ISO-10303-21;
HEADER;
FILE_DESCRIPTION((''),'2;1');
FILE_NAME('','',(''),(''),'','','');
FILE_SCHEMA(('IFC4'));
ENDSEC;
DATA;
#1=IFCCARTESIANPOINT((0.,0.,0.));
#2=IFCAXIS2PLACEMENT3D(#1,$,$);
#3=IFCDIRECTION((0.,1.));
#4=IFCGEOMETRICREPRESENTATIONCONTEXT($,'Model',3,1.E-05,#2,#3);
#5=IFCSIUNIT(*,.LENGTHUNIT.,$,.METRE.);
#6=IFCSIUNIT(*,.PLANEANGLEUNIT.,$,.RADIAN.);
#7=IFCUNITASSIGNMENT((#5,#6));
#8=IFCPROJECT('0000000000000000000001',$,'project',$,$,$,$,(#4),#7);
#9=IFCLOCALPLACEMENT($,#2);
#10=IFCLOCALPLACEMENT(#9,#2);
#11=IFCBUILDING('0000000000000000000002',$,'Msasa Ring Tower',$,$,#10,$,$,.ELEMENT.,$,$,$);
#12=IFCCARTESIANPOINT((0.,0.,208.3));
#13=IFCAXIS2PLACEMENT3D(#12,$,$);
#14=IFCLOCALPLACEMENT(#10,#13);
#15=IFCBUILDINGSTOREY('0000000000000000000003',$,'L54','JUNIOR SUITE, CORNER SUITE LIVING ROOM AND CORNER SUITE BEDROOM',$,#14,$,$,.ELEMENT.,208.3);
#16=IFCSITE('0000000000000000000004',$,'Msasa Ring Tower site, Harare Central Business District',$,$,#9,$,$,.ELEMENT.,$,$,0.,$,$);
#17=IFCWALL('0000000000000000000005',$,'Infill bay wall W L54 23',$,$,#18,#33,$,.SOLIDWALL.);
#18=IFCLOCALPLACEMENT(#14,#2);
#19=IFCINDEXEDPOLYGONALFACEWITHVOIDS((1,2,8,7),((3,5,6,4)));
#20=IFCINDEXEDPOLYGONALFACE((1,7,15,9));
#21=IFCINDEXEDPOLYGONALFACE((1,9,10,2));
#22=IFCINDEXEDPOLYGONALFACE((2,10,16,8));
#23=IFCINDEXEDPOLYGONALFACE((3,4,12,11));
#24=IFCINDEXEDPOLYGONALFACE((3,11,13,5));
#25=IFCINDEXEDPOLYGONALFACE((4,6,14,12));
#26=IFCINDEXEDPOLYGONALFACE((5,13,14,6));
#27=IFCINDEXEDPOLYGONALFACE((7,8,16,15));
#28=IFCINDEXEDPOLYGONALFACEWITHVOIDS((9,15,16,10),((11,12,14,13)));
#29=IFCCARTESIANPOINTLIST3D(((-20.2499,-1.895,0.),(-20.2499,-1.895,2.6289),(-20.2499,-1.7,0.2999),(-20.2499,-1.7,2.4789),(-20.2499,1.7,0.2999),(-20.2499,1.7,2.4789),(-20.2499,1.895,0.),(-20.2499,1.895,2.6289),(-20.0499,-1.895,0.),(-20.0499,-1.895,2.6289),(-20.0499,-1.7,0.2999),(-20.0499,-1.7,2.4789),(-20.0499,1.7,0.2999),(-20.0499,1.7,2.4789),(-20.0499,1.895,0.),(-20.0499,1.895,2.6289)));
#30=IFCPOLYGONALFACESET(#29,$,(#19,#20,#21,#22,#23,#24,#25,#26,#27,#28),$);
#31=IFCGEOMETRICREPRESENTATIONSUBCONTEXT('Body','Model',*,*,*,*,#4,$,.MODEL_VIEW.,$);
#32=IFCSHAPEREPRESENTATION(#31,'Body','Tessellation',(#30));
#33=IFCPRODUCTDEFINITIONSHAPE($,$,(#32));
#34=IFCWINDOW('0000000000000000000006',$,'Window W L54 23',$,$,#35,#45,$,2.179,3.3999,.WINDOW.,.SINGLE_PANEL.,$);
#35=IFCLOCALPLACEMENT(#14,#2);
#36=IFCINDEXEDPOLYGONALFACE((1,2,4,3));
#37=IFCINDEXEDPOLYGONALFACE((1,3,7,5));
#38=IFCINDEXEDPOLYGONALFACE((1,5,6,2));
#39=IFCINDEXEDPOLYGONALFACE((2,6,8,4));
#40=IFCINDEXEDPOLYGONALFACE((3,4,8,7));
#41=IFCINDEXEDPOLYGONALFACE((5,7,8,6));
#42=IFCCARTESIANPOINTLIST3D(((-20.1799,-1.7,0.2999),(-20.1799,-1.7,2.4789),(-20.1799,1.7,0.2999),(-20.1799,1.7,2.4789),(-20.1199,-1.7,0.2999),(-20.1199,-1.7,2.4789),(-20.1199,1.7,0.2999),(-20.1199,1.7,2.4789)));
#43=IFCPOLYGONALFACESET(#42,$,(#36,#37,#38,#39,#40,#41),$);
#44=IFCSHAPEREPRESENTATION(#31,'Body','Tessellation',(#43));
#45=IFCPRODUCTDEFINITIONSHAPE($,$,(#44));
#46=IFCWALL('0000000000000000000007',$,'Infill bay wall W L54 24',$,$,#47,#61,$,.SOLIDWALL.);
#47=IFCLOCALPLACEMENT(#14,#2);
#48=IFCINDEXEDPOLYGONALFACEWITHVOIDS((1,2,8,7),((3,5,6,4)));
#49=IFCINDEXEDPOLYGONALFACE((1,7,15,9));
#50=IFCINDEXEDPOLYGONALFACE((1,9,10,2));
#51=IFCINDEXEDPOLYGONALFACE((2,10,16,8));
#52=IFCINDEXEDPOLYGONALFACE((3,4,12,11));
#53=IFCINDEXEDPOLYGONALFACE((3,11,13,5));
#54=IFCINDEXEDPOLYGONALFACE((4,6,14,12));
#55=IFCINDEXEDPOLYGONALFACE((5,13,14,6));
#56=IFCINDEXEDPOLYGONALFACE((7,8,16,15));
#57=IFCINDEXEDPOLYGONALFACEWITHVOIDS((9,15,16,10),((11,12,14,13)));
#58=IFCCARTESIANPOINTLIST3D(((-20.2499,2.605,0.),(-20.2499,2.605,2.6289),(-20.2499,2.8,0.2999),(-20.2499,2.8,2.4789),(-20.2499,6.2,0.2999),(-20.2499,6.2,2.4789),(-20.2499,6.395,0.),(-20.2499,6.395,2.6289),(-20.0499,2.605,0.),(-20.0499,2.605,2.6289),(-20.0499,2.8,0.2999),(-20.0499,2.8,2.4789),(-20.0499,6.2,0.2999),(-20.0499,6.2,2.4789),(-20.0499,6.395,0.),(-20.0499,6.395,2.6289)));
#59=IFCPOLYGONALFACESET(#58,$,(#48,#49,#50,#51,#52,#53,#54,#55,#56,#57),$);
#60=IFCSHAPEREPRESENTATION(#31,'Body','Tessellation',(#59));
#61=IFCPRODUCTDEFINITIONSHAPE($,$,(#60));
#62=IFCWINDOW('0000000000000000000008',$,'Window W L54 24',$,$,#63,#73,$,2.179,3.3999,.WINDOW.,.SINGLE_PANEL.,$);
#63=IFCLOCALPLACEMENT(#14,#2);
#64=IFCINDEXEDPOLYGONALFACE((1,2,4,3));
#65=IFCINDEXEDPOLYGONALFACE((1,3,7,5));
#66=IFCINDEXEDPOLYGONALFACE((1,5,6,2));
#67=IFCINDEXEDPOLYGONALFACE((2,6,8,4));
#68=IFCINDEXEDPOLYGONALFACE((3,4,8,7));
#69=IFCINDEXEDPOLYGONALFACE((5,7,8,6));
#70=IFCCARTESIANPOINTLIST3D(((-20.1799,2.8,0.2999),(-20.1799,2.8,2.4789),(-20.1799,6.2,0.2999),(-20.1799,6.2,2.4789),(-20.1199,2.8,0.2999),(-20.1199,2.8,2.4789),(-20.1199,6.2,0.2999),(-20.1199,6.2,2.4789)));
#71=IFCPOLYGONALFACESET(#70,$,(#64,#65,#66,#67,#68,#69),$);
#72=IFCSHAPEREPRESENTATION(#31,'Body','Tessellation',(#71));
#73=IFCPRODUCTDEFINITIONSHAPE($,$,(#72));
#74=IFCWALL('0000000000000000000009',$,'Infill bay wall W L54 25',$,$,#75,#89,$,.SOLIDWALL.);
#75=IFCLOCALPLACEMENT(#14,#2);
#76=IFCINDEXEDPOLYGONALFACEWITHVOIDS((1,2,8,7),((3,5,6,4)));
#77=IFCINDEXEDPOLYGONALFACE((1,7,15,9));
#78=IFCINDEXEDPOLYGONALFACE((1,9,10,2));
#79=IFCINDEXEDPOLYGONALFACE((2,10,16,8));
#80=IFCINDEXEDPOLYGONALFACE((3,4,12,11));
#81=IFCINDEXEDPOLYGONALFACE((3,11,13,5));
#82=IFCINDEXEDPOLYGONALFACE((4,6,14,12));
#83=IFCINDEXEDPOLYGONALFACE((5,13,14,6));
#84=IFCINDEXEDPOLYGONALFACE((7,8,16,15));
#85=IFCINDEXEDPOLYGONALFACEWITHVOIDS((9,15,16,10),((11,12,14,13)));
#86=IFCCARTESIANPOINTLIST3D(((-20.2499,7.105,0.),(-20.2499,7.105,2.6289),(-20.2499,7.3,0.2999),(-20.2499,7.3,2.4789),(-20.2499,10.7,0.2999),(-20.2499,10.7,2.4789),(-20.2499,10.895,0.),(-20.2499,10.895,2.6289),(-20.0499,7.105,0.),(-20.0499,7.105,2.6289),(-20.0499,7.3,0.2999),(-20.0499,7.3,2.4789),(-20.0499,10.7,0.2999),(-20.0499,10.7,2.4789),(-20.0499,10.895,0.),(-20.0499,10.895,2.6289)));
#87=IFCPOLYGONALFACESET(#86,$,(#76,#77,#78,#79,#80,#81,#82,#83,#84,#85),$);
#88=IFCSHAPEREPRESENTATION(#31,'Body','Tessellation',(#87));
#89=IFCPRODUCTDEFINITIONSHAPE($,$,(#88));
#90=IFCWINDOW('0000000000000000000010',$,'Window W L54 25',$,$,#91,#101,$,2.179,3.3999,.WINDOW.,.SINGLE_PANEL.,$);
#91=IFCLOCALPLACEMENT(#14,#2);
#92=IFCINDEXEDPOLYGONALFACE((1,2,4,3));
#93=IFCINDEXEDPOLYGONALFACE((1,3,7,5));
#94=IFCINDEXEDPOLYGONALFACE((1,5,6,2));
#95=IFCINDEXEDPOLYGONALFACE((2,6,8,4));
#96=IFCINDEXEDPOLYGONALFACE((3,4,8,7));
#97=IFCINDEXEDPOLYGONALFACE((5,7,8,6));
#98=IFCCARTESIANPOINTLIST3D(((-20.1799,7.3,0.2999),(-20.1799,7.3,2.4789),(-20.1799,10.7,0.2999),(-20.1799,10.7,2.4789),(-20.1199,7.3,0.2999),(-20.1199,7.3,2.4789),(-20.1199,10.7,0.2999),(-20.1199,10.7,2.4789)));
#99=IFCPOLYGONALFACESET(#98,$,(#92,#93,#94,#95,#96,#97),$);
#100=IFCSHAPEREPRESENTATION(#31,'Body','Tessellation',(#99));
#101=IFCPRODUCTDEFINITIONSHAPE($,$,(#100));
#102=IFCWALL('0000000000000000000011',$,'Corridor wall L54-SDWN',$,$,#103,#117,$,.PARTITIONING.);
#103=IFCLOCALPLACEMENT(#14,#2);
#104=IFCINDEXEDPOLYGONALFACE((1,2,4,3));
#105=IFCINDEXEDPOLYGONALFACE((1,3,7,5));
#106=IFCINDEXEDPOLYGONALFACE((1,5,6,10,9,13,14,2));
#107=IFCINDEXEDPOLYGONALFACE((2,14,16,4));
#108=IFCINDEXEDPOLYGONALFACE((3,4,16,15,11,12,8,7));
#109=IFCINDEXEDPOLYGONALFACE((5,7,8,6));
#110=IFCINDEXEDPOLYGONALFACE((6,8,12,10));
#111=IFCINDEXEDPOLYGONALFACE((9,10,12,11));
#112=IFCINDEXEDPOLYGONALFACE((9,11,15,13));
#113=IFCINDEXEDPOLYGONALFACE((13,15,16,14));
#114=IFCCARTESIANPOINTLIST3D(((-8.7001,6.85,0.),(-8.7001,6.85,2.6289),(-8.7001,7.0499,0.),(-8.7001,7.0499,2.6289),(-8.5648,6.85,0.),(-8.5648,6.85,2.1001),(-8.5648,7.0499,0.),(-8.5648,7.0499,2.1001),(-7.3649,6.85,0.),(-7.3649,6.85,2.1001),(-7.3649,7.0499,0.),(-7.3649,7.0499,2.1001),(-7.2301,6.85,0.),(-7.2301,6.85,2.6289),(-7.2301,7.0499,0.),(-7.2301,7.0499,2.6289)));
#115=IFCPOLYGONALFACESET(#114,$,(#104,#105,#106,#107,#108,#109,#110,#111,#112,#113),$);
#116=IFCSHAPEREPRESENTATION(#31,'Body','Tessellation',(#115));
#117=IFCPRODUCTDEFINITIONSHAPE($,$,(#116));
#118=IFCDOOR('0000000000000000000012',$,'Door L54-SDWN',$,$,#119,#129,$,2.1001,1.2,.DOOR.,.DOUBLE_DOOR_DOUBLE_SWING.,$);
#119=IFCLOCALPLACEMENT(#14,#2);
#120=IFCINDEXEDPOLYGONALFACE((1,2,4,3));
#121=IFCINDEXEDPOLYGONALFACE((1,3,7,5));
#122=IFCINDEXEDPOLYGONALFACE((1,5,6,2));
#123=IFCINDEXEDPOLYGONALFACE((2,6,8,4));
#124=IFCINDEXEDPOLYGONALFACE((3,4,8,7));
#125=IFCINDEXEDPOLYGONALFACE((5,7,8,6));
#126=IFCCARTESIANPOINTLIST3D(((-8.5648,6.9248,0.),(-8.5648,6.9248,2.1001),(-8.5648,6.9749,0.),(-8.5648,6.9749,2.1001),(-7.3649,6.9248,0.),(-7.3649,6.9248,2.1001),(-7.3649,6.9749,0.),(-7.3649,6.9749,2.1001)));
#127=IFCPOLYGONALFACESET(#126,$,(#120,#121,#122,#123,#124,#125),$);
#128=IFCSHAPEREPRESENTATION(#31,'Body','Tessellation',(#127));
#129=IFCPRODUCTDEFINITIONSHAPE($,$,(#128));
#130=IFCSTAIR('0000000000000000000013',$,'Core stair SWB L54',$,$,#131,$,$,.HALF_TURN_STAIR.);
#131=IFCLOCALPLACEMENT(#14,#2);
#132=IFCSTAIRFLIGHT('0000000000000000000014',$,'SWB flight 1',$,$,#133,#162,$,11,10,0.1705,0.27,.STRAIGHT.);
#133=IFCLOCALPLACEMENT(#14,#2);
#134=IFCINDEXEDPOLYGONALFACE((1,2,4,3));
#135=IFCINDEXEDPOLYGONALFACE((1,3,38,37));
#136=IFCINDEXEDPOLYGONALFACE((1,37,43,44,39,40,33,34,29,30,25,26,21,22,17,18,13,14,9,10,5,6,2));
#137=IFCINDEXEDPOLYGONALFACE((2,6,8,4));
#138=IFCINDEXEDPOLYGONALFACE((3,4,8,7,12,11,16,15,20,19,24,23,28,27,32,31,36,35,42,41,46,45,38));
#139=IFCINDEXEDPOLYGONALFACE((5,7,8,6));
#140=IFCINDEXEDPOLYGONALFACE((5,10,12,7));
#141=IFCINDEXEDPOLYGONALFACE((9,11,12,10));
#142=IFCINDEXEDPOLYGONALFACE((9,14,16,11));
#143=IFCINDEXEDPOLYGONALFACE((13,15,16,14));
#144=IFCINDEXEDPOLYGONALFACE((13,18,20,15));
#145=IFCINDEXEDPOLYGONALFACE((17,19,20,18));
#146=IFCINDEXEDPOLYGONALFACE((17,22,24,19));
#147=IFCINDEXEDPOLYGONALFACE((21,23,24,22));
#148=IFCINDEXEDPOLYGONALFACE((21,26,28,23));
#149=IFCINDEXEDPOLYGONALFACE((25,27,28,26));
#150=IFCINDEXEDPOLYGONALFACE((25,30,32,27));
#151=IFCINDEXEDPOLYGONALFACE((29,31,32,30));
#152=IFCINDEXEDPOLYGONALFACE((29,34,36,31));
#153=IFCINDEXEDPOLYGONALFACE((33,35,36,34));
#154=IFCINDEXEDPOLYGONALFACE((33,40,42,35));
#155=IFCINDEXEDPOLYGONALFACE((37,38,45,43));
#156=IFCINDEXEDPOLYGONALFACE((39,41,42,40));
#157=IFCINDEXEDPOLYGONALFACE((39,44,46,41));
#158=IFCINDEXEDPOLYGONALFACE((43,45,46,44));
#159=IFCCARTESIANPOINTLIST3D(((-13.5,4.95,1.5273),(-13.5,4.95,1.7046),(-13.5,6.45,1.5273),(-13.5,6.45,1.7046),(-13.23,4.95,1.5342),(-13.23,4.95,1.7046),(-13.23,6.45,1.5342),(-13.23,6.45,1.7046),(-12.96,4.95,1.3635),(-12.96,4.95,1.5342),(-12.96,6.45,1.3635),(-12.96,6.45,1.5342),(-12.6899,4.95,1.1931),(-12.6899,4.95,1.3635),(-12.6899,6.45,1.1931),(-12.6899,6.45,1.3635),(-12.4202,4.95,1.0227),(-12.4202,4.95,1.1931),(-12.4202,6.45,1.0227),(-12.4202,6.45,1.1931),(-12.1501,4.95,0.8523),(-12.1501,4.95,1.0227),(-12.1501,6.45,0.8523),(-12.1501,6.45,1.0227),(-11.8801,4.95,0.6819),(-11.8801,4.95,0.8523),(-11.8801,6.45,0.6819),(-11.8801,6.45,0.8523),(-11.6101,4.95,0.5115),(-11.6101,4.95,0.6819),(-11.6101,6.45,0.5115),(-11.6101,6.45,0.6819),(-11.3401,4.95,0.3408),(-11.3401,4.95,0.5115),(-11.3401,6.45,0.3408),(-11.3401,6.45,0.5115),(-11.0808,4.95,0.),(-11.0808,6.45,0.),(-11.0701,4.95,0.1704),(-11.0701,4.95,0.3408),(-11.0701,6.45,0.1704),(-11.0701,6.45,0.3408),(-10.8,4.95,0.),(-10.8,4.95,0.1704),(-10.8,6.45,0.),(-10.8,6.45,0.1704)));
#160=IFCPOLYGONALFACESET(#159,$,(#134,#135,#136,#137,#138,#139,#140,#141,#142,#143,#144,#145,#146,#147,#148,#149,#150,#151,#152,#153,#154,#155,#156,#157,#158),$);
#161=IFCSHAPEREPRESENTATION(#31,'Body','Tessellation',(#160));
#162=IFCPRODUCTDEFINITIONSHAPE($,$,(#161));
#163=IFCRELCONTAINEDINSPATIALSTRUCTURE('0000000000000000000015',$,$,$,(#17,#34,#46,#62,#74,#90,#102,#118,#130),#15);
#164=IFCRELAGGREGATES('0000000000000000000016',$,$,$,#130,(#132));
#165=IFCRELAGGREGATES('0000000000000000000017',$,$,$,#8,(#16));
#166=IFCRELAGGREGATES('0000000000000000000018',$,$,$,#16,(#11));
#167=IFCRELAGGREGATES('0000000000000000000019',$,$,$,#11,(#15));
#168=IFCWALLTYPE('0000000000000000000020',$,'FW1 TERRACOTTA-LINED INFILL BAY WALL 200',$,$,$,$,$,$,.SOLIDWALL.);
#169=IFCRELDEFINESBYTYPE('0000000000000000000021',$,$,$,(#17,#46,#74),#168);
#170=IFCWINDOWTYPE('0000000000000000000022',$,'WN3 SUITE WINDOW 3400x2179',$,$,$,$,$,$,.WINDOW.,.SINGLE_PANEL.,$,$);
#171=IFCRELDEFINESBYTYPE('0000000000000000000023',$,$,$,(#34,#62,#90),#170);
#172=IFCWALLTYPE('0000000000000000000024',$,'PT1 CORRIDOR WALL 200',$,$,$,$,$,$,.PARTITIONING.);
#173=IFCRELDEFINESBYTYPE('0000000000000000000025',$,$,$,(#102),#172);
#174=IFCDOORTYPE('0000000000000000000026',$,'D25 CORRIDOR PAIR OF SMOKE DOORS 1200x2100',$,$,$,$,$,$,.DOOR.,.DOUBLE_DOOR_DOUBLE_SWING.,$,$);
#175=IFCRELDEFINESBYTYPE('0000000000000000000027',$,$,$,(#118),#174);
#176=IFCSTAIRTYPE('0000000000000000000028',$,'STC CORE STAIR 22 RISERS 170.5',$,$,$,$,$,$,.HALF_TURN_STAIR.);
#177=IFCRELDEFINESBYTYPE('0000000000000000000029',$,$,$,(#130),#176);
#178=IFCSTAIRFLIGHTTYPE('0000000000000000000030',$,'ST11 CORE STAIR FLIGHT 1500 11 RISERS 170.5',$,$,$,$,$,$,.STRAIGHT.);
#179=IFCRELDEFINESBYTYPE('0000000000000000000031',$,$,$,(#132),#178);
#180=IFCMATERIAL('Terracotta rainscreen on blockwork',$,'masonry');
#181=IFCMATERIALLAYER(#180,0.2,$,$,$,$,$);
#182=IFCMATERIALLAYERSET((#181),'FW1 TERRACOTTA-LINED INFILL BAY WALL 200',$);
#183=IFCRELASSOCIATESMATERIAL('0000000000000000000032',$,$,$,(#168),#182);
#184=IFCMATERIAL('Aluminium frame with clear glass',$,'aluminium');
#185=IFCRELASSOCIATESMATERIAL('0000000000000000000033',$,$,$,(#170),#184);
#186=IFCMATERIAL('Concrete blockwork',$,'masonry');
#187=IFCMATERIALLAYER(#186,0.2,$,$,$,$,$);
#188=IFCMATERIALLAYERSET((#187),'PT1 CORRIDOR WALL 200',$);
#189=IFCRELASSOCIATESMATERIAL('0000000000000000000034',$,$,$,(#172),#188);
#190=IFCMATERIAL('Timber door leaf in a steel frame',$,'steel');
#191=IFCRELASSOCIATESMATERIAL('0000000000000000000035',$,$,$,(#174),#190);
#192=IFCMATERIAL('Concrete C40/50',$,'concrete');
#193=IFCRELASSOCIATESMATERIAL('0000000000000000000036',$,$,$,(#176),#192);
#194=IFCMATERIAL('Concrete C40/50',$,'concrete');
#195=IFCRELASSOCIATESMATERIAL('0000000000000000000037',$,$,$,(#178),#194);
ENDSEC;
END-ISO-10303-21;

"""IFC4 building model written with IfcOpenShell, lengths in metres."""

from ifc_helpers import new_model, si_unit, direction, frame, frame_2d, origin, place, context, subcontext, project, spatial, polyline, rectangle, outline, extrude, material, layer, layer_set, type_object, element, fill, aggregate, save


model = new_model("IFC4")

# Units and contexts
model_context = context("Model", 3, precision=1e-05, world=origin(), true_north=direction((0.0, 1.0)))
body_context = subcontext(model_context, "Body", "Model", "MODEL_VIEW")
ifc_project = project(units=[si_unit("LENGTHUNIT", "METRE"), si_unit("PLANEANGLEUNIT", "RADIAN")], contexts=[model_context])

# Site, building, storey
site_placement = place(None, origin())
site = spatial("IfcSite", under=ifc_project, at=site_placement, Name="Msasa Ring Tower site, Harare Central Business District", CompositionType="ELEMENT", RefElevation=0.0)
building_placement = place(site_placement, origin())
building = spatial("IfcBuilding", under=site, at=building_placement, Name="Msasa Ring Tower", CompositionType="ELEMENT")
storey_placement = place(building_placement, frame((0.0, 0.0, 208.3)))
storey = spatial("IfcBuildingStorey", under=building, at=storey_placement, Name="L54", Description="JUNIOR SUITE, CORNER SUITE LIVING ROOM AND CORNER SUITE BEDROOM", CompositionType="ELEMENT", Elevation=208.3)

# Walls, openings, windows
ifc_material_1 = material(Name="Terracotta rainscreen on blockwork", Category="masonry")
ifc_layer_1 = layer(ifc_material_1, 0.2)
ifc_layer_set_1 = layer_set([ifc_layer_1], Name="FW1 TERRACOTTA-LINED INFILL BAY WALL 200")
wall_type_1 = type_object("IfcWallType", Name="FW1 TERRACOTTA-LINED INFILL BAY WALL 200", PredefinedType="SOLIDWALL", material=ifc_layer_set_1)
wall_1_placement = place(storey_placement, frame((-20.1499, -1.895, 0.0), z_axis=(0.0, 0.0, 1.0), x_axis=(0.0, 1.0, 0.0)))
wall_1 = element("IfcWall", 1, at=wall_1_placement, inside=storey, type_object=wall_type_1, Name="Infill bay wall W L54 23", PredefinedType="SOLIDWALL", context=body_context, shape_type="SweptSolid", body=[
    extrude(rectangle(XDim=3.79, YDim=0.2, at=frame_2d((1.895, 0.0))), origin(), (0.0, 0.0, 1.0), 2.6289),
])
opening_1_placement = place(wall_1_placement, frame((0.1951, 0.0, 0.3)))
opening_1 = element("IfcOpeningElement", 2, at=opening_1_placement, cuts=wall_1, PredefinedType="OPENING", context=body_context, shape_type="SweptSolid", body=[
    extrude(rectangle(XDim=3.3999, YDim=2.179, at=frame_2d((1.7, 1.0894))), frame((0.0, 0.1099, 0.0), z_axis=(0.0, -1.0, 0.0), x_axis=(1.0, 0.0, 0.0)), (0.0, 0.0, 1.0), 0.22),
])
ifc_material_2 = material(Name="Aluminium frame with clear glass", Category="aluminium")
window_type = type_object("IfcWindowType", Name="WN3 SUITE WINDOW 3400x2179", PartitioningType="SINGLE_PANEL", PredefinedType="WINDOW", material=ifc_material_2)
window_1_placement = place(opening_1_placement, origin())
window_1 = element("IfcWindow", 3, at=window_1_placement, inside=storey, type_object=window_type, Name="Window W L54 23", OverallHeight=2.179, OverallWidth=3.3999, PartitioningType="SINGLE_PANEL", PredefinedType="WINDOW", context=body_context, shape_type="SweptSolid", body=[
    extrude(rectangle(XDim=3.3999, YDim=2.179, at=frame_2d((1.7, 1.0894))), frame((0.0, 0.03, 0.0), z_axis=(0.0, -1.0, 0.0), x_axis=(1.0, 0.0, 0.0)), (0.0, 0.0, 1.0), 0.0601),
])
fill(opening_1, window_1)
wall_2_placement = place(storey_placement, frame((-20.1499, 2.605, 0.0), z_axis=(0.0, 0.0, 1.0), x_axis=(0.0, 1.0, 0.0)))
wall_2 = element("IfcWall", 4, at=wall_2_placement, inside=storey, type_object=wall_type_1, Name="Infill bay wall W L54 24", PredefinedType="SOLIDWALL", context=body_context, shape_type="SweptSolid", body=[
    extrude(rectangle(XDim=3.79, YDim=0.2, at=frame_2d((1.895, 0.0))), origin(), (0.0, 0.0, 1.0), 2.6289),
])
opening_2_placement = place(wall_2_placement, frame((0.1951, 0.0, 0.3)))
opening_2 = element("IfcOpeningElement", 5, at=opening_2_placement, cuts=wall_2, PredefinedType="OPENING", context=body_context, shape_type="SweptSolid", body=[
    extrude(rectangle(XDim=3.3999, YDim=2.179, at=frame_2d((1.7, 1.0894))), frame((0.0, 0.1099, 0.0), z_axis=(0.0, -1.0, 0.0), x_axis=(1.0, 0.0, 0.0)), (0.0, 0.0, 1.0), 0.22),
])
window_2_placement = place(opening_2_placement, origin())
window_2 = element("IfcWindow", 6, at=window_2_placement, inside=storey, type_object=window_type, Name="Window W L54 24", OverallHeight=2.179, OverallWidth=3.3999, PartitioningType="SINGLE_PANEL", PredefinedType="WINDOW", context=body_context, shape_type="SweptSolid", body=[
    extrude(rectangle(XDim=3.3999, YDim=2.179, at=frame_2d((1.7, 1.0894))), frame((0.0, 0.03, 0.0), z_axis=(0.0, -1.0, 0.0), x_axis=(1.0, 0.0, 0.0)), (0.0, 0.0, 1.0), 0.0601),
])
fill(opening_2, window_2)
wall_3_placement = place(storey_placement, frame((-20.1499, 7.105, 0.0), z_axis=(0.0, 0.0, 1.0), x_axis=(0.0, 1.0, 0.0)))
wall_3 = element("IfcWall", 7, at=wall_3_placement, inside=storey, type_object=wall_type_1, Name="Infill bay wall W L54 25", PredefinedType="SOLIDWALL", context=body_context, shape_type="SweptSolid", body=[
    extrude(rectangle(XDim=3.79, YDim=0.2, at=frame_2d((1.895, 0.0))), origin(), (0.0, 0.0, 1.0), 2.6289),
])
opening_3_placement = place(wall_3_placement, frame((0.1951, 0.0, 0.3)))
opening_3 = element("IfcOpeningElement", 8, at=opening_3_placement, cuts=wall_3, PredefinedType="OPENING", context=body_context, shape_type="SweptSolid", body=[
    extrude(rectangle(XDim=3.3999, YDim=2.179, at=frame_2d((1.7, 1.0894))), frame((0.0, 0.1099, 0.0), z_axis=(0.0, -1.0, 0.0), x_axis=(1.0, 0.0, 0.0)), (0.0, 0.0, 1.0), 0.22),
])
window_3_placement = place(opening_3_placement, origin())
window_3 = element("IfcWindow", 9, at=window_3_placement, inside=storey, type_object=window_type, Name="Window W L54 25", OverallHeight=2.179, OverallWidth=3.3999, PartitioningType="SINGLE_PANEL", PredefinedType="WINDOW", context=body_context, shape_type="SweptSolid", body=[
    extrude(rectangle(XDim=3.3999, YDim=2.179, at=frame_2d((1.7, 1.0894))), frame((0.0, 0.03, 0.0), z_axis=(0.0, -1.0, 0.0), x_axis=(1.0, 0.0, 0.0)), (0.0, 0.0, 1.0), 0.0601),
])
fill(opening_3, window_3)

# Wall, opening, door
ifc_material_3 = material(Name="Concrete blockwork", Category="masonry")
ifc_layer_2 = layer(ifc_material_3, 0.2)
ifc_layer_set_2 = layer_set([ifc_layer_2], Name="PT1 CORRIDOR WALL 200")
wall_type_2 = type_object("IfcWallType", Name="PT1 CORRIDOR WALL 200", PredefinedType="PARTITIONING", material=ifc_layer_set_2)
wall_4_placement = place(storey_placement, frame((-8.7, 6.95, 0.0), z_axis=(0.0, 0.0, 1.0), x_axis=(1.0, 0.0, 0.0)))
wall_4 = element("IfcWall", 10, at=wall_4_placement, inside=storey, type_object=wall_type_2, Name="Corridor wall L54-SDWN", PredefinedType="PARTITIONING", context=body_context, shape_type="SweptSolid", body=[
    extrude(rectangle(XDim=1.47, YDim=0.2, at=frame_2d((0.7349, 0.0))), origin(), (0.0, 0.0, 1.0), 2.6289),
])
opening_4_placement = place(wall_4_placement, frame((0.135, 0.0, 0.0)))
opening_4 = element("IfcOpeningElement", 11, at=opening_4_placement, cuts=wall_4, PredefinedType="OPENING", context=body_context, shape_type="SweptSolid", body=[
    extrude(rectangle(XDim=1.2, YDim=2.1001, at=frame_2d((0.6001, 1.05))), frame((0.0, 0.1099, 0.0), z_axis=(0.0, -1.0, 0.0), x_axis=(1.0, 0.0, 0.0)), (0.0, 0.0, 1.0), 0.22),
])
ifc_material_4 = material(Name="Timber door leaf in a steel frame", Category="steel")
door_type = type_object("IfcDoorType", Name="D25 CORRIDOR PAIR OF SMOKE DOORS 1200x2100", OperationType="DOUBLE_DOOR_DOUBLE_SWING", PredefinedType="DOOR", material=ifc_material_4)
door_placement = place(opening_4_placement, origin())
door = element("IfcDoor", 12, at=door_placement, inside=storey, type_object=door_type, Name="Door L54-SDWN", OperationType="DOUBLE_DOOR_DOUBLE_SWING", OverallHeight=2.1001, OverallWidth=1.2, PredefinedType="DOOR", context=body_context, shape_type="SweptSolid", body=[
    extrude(rectangle(XDim=1.2, YDim=2.1001, at=frame_2d((0.6001, 1.05))), frame((0.0, 0.0249, 0.0), z_axis=(0.0, -1.0, 0.0), x_axis=(1.0, 0.0, 0.0)), (0.0, 0.0, 1.0), 0.05),
])
fill(opening_4, door)

# Stair, stair flight
ifc_material_5 = material(Name="Concrete C40/50", Category="concrete")
stair_type = type_object("IfcStairType", Name="STC CORE STAIR 22 RISERS 170.5", PredefinedType="HALF_TURN_STAIR", material=ifc_material_5)
stair_placement = place(storey_placement, origin())
stair = element("IfcStair", 13, at=stair_placement, inside=storey, type_object=stair_type, Name="Core stair SWB L54", PredefinedType="HALF_TURN_STAIR")
ifc_material_6 = material(Name="Concrete C40/50", Category="concrete")
stair_flight_type = type_object("IfcStairFlightType", Name="ST11 CORE STAIR FLIGHT 1500 11 RISERS 170.5", PredefinedType="STRAIGHT", material=ifc_material_6)
stair_flight_1_placement = place(storey_placement, frame((-10.8, 5.7, 0.0), z_axis=(0.0, 0.0, 1.0), x_axis=(-1.0, 0.0, 0.0)))
stair_flight_1 = element("IfcStairFlight", 14, at=stair_flight_1_placement, type_object=stair_flight_type, Name="SWB flight 1", NumberOfRisers=11, NumberOfTreads=10, PredefinedType="STRAIGHT", RiserHeight=0.1705, TreadLength=0.27, context=body_context, shape_type="SweptSolid", body=[
    extrude(outline(polyline([(0.0, 0.0), (0.0, 0.1704), (0.27, 0.1704), (0.27, 0.3408), (0.54, 0.3408), (0.54, 0.5115), (0.8101, 0.5115), (0.8101, 0.6819), (1.0801, 0.6819), (1.0801, 0.8523), (1.3501, 0.8523), (1.3501, 1.0227), (1.6201, 1.0227), (1.6201, 1.1931), (1.8899, 1.1931), (1.8899, 1.3635), (2.1599, 1.3635), (2.1599, 1.5342), (2.4299, 1.5342), (2.4299, 1.7046), (2.7, 1.7046), (2.7, 1.875), (2.7, 1.5273), (0.2808, 0.0), (0.0, 0.0)])), frame((0.0, 0.75, 0.0), z_axis=(0.0, -1.0, 0.0), x_axis=(1.0, 0.0, 0.0)), (0.0, 0.0, 1.0), 1.5),
])
aggregate(stair, [stair_flight_1])

save(model, "model.ifc")
